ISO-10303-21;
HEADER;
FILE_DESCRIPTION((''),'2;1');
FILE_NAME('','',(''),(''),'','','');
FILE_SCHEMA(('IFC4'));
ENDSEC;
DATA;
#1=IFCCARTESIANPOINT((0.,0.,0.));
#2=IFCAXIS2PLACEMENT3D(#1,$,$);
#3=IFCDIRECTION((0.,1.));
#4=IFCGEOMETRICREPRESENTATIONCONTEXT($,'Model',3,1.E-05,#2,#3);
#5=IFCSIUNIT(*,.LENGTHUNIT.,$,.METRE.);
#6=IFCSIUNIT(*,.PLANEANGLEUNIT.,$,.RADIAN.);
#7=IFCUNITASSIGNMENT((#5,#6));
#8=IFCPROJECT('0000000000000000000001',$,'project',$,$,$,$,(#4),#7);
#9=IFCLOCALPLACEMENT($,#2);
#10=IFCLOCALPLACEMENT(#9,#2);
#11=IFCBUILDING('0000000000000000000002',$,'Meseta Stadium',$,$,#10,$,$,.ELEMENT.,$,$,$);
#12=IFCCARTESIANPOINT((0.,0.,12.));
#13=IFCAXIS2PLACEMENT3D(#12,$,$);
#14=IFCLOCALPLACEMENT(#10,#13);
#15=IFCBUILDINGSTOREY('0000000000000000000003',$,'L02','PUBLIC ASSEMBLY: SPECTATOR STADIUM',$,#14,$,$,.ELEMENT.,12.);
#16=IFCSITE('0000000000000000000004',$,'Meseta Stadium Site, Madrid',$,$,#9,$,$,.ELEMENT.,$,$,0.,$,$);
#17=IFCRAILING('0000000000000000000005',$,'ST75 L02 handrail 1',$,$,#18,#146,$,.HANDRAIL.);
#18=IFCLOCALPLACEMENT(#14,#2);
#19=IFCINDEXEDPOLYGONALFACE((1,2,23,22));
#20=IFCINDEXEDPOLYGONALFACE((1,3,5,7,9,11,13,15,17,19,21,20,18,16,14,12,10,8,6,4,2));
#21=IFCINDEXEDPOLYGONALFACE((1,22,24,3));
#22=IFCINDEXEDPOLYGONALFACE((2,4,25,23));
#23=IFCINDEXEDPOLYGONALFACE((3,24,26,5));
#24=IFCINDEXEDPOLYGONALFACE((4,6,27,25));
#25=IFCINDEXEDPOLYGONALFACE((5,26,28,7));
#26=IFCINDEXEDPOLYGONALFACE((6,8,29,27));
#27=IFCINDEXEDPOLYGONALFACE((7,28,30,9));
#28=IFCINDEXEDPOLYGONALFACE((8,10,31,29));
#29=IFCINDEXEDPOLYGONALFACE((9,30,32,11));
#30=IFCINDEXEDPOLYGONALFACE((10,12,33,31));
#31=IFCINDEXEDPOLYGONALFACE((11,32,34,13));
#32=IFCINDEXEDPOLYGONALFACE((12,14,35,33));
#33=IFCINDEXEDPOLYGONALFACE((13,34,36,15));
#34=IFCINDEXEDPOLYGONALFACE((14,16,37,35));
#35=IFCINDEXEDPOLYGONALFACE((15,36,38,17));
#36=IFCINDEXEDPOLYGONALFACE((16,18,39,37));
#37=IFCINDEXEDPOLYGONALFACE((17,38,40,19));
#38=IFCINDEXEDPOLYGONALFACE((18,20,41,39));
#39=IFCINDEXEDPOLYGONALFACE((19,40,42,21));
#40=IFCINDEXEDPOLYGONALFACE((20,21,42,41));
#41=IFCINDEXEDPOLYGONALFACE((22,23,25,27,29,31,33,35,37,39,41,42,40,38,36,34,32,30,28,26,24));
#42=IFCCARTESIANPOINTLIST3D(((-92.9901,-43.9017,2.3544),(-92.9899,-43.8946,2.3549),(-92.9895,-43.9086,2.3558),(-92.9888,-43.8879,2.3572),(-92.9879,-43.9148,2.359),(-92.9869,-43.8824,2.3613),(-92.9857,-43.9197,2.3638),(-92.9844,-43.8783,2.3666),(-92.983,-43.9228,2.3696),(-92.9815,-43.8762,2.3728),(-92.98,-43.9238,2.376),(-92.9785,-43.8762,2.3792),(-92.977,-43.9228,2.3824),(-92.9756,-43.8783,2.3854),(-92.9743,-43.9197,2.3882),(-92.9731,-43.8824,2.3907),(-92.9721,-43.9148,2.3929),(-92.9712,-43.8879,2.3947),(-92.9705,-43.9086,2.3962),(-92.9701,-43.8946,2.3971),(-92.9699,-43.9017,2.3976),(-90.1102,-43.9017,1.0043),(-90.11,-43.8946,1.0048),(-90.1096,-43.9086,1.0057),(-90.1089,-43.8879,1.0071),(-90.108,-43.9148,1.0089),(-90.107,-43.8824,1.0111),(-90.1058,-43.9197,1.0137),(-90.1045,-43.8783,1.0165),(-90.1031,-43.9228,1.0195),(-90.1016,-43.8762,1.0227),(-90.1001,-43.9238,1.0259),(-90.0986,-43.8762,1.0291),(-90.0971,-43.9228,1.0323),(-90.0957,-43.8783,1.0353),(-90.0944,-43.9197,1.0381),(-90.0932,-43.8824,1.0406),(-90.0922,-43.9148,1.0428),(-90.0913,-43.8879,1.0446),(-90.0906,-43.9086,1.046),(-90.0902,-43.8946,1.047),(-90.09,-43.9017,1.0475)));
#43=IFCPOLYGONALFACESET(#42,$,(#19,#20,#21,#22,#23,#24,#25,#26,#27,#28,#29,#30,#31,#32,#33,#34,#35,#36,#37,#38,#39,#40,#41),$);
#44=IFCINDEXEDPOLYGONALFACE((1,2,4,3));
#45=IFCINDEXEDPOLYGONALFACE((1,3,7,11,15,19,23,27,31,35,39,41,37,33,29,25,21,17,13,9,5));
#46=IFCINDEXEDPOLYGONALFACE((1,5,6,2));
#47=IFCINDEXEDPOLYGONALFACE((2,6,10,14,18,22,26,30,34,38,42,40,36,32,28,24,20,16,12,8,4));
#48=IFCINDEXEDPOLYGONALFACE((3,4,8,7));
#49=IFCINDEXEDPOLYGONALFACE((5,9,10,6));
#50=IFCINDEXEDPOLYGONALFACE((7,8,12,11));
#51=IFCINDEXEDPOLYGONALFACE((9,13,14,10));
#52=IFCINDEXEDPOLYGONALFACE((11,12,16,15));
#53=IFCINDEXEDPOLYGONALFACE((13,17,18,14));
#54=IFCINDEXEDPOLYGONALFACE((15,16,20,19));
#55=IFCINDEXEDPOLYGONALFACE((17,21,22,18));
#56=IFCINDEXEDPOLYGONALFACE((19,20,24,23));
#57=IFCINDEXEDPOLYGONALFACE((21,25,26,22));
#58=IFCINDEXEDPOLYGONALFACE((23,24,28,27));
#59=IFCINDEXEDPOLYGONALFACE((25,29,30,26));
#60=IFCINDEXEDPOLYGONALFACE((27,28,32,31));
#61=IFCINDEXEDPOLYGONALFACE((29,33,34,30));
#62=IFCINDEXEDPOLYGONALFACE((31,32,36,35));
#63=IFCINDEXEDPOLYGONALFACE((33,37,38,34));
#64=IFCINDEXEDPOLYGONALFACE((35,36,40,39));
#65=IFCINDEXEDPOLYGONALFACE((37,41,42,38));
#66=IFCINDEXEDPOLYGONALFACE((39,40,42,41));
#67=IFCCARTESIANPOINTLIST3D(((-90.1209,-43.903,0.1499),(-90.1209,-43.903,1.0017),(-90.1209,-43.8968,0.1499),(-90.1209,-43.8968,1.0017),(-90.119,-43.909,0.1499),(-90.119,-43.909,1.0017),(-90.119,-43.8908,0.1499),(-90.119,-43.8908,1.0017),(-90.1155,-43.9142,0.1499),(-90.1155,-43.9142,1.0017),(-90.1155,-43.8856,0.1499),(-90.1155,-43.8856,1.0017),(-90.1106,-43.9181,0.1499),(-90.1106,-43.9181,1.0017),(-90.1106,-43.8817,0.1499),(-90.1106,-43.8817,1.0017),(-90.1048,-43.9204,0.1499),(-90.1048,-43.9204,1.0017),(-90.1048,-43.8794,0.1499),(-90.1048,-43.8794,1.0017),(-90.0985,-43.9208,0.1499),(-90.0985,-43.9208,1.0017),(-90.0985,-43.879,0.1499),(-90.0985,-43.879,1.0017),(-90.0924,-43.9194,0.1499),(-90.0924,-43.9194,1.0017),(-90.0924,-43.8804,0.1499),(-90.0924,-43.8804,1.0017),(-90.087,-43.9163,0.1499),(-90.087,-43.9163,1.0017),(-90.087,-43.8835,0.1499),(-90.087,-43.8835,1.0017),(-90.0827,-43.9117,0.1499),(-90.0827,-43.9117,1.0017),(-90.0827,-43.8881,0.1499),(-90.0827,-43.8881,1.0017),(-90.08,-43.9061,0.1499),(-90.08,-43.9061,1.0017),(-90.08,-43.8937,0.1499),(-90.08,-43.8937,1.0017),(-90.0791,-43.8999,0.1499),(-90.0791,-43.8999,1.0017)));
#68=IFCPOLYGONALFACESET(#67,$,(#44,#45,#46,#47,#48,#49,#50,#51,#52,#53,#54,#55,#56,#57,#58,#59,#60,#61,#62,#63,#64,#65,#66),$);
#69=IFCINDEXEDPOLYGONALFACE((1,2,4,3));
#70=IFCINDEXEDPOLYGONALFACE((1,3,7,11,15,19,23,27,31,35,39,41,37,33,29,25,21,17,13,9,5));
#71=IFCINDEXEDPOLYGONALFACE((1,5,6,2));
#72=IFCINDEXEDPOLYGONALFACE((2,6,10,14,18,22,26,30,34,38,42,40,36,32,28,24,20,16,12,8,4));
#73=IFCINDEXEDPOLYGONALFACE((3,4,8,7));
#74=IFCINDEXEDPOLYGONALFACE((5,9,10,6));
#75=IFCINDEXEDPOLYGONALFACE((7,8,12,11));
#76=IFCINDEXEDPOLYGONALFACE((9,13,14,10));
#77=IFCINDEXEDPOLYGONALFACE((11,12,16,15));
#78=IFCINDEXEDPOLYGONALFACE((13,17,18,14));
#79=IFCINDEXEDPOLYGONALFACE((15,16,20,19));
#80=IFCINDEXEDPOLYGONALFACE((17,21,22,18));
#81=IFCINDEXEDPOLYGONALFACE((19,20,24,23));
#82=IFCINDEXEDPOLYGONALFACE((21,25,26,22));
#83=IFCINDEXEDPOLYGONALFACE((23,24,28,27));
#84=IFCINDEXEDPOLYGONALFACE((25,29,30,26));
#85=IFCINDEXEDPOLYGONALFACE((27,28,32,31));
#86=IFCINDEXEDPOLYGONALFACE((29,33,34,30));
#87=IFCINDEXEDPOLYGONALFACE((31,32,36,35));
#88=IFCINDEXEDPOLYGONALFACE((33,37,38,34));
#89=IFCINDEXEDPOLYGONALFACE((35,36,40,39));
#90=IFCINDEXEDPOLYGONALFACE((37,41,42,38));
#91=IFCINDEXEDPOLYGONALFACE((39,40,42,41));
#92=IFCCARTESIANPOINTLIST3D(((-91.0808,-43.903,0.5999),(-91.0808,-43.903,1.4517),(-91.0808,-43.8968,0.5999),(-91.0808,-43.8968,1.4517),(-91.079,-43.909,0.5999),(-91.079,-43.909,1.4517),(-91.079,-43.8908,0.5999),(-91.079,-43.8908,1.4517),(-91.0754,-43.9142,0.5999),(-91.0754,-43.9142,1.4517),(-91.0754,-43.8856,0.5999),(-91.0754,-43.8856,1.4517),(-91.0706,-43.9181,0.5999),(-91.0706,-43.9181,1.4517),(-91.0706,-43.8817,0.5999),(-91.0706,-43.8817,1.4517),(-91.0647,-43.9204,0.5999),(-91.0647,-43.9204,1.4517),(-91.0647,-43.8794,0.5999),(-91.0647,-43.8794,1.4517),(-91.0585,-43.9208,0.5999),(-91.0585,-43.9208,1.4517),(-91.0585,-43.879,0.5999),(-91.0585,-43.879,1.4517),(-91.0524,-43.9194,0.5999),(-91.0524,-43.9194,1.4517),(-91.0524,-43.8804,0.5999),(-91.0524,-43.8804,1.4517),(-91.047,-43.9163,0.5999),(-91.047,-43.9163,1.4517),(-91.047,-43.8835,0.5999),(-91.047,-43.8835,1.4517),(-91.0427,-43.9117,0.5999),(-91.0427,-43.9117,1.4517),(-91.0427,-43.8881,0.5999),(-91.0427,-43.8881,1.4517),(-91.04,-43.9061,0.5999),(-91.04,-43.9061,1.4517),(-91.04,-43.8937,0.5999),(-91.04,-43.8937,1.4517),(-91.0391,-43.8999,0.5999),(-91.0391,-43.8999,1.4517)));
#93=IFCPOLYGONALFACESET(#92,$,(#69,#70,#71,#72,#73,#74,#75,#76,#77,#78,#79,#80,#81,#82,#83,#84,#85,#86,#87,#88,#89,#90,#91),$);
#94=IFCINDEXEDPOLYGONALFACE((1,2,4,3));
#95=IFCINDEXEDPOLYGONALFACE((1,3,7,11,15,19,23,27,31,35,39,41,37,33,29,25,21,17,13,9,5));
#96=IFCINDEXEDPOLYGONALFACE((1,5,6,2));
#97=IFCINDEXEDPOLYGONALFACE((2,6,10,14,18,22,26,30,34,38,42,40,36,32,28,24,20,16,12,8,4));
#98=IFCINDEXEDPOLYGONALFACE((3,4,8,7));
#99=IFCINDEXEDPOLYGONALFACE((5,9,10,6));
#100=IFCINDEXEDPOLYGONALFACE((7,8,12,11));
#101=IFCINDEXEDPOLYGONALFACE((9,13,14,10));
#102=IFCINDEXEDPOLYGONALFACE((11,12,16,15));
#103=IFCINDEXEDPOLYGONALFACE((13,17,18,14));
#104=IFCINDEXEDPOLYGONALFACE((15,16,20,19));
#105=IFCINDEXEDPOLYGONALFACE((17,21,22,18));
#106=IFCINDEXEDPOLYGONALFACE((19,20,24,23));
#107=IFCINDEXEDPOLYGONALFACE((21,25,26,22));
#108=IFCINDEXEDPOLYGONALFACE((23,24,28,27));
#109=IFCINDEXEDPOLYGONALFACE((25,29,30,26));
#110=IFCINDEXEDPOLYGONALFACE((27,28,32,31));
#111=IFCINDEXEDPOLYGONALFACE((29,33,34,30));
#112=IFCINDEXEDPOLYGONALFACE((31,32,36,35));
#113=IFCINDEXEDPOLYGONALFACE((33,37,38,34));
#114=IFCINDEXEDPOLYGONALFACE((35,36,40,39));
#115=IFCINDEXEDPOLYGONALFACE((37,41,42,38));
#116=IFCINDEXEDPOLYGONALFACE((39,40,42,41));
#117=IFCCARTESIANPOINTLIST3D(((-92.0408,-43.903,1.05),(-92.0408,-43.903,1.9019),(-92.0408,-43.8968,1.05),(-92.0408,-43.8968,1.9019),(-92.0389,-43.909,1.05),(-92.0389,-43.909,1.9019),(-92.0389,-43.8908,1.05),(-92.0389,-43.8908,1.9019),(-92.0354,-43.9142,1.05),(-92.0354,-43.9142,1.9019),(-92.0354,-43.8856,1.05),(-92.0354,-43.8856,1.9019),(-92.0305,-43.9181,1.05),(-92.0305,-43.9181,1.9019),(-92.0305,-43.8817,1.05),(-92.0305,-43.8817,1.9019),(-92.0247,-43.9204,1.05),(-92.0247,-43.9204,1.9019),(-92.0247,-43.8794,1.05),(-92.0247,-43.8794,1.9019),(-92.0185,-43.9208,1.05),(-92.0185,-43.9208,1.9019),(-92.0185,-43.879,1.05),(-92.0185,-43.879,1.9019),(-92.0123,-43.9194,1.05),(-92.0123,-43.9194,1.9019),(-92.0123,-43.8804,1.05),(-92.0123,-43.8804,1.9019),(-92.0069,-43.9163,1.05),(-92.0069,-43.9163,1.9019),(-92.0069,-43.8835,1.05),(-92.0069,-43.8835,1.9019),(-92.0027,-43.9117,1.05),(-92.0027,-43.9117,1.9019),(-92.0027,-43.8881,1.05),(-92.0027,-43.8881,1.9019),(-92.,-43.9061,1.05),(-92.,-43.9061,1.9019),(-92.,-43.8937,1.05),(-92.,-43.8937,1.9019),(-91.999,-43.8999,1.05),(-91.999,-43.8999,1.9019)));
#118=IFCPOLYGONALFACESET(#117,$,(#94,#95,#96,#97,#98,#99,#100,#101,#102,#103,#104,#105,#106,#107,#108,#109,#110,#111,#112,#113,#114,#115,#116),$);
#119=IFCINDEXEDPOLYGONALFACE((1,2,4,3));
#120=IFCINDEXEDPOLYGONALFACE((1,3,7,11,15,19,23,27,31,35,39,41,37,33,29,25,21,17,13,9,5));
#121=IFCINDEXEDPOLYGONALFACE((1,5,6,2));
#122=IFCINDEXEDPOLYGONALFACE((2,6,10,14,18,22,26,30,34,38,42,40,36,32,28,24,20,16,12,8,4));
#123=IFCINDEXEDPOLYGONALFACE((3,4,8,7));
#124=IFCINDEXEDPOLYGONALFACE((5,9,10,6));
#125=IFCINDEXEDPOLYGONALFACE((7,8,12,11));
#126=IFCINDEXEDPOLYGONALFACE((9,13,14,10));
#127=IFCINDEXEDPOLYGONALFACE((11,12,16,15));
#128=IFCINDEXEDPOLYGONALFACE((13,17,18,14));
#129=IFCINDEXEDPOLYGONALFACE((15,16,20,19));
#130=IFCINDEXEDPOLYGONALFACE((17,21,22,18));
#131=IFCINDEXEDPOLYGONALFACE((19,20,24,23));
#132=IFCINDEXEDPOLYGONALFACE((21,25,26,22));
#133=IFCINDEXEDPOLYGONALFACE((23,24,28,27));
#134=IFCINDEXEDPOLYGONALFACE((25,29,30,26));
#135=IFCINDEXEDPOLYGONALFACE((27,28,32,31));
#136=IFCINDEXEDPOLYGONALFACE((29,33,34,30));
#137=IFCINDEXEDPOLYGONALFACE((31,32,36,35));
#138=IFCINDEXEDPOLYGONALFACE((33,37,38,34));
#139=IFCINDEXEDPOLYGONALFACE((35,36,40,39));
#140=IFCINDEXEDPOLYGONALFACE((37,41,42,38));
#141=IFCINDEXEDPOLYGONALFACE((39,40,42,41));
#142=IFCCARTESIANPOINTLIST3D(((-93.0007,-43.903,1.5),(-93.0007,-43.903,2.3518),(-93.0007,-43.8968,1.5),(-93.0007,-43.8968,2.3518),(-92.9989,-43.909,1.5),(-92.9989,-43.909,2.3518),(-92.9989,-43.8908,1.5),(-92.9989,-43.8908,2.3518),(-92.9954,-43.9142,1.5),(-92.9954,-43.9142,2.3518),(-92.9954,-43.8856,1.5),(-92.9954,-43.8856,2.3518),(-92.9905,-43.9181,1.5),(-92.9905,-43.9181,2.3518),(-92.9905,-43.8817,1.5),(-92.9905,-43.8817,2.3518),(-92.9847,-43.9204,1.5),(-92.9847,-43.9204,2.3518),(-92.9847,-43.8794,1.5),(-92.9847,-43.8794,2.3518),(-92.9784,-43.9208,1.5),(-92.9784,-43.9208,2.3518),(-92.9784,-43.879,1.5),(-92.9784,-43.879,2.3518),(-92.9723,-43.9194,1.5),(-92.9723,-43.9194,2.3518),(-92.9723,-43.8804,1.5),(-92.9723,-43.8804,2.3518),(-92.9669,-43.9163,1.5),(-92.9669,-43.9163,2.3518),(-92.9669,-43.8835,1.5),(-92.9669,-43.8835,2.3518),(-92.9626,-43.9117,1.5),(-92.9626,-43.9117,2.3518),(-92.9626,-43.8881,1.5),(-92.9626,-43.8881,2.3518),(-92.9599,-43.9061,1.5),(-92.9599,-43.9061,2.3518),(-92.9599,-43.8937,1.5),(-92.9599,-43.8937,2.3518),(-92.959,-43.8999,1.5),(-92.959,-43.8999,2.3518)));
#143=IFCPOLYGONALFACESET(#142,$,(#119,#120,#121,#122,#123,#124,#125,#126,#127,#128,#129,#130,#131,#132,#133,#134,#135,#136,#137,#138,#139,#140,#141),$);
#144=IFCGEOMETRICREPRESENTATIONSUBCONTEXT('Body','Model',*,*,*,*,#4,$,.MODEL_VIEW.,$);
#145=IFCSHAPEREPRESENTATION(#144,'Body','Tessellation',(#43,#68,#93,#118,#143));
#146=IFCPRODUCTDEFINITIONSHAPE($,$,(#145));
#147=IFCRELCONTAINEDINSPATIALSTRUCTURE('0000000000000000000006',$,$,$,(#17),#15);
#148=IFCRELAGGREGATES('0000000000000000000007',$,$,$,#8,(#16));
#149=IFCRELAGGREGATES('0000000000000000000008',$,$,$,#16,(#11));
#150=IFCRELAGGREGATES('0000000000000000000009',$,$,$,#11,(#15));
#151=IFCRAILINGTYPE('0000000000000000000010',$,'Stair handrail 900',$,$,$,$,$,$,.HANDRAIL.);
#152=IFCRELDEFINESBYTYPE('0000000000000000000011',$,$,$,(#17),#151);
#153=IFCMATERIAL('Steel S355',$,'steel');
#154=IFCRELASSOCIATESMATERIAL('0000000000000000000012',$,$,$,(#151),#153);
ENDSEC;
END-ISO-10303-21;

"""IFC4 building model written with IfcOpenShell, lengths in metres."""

from ifc_helpers import new_model, si_unit, direction, frame, origin, origin_2d, place, context, subcontext, project, spatial, circle, extrude, material, type_object, element, save


model = new_model("IFC4")

# Units and contexts
model_context = context("Model", 3, precision=1e-05, world=origin(), true_north=direction((0.0, 1.0)))
body_context = subcontext(model_context, "Body", "Model", "MODEL_VIEW")
ifc_project = project(units=[si_unit("LENGTHUNIT", "METRE"), si_unit("PLANEANGLEUNIT", "RADIAN")], contexts=[model_context])

# Site, building, storey
site_placement = place(None, origin())
site = spatial("IfcSite", under=ifc_project, at=site_placement, Name="Meseta Stadium Site, Madrid", CompositionType="ELEMENT", RefElevation=0.0)
building_placement = place(site_placement, origin())
building = spatial("IfcBuilding", under=site, at=building_placement, Name="Meseta Stadium", CompositionType="ELEMENT")
storey_placement = place(building_placement, frame((0.0, 0.0, 12.0)))
storey = spatial("IfcBuildingStorey", under=building, at=storey_placement, Name="L02", Description="PUBLIC ASSEMBLY: SPECTATOR STADIUM", CompositionType="ELEMENT", Elevation=12.0)

# Railing
ifc_material_1 = material(Name="Steel S355", Category="steel")
railing_type_1 = type_object("IfcRailingType", Name="Stair handrail 900", PredefinedType="HANDRAIL", material=ifc_material_1)
railing_1_placement = place(storey_placement, frame((-90.1001, -43.8999, 0.1499)))
element("IfcRailing", 1, at=railing_1_placement, inside=storey, type_object=railing_type_1, Name="ST75 L02 handrail 1", PredefinedType="HANDRAIL", context=body_context, shape_type="SweptSolid", body=[
    extrude(circle(Radius=0.0239, at=origin_2d()), frame((0.0, 0.0, 0.876), z_axis=(-0.90544, 0.0, 0.424473), x_axis=(0.0, -1.0, 0.0)), (0.0, 0.0, 1.0), 3.1807),
    extrude(circle(Radius=0.021, at=origin_2d()), origin(), (0.0, 0.0, 1.0), 0.8518),
    extrude(circle(Radius=0.021, at=origin_2d()), frame((-0.96, 0.0, 0.45)), (0.0, 0.0, 1.0), 0.8518),
    extrude(circle(Radius=0.021, at=origin_2d()), frame((-1.9199, 0.0, 0.9001)), (0.0, 0.0, 1.0), 0.8518),
    extrude(circle(Radius=0.021, at=origin_2d()), frame((-2.8799, 0.0, 1.3501)), (0.0, 0.0, 1.0), 0.8518),
])

save(model, "model.ifc")
